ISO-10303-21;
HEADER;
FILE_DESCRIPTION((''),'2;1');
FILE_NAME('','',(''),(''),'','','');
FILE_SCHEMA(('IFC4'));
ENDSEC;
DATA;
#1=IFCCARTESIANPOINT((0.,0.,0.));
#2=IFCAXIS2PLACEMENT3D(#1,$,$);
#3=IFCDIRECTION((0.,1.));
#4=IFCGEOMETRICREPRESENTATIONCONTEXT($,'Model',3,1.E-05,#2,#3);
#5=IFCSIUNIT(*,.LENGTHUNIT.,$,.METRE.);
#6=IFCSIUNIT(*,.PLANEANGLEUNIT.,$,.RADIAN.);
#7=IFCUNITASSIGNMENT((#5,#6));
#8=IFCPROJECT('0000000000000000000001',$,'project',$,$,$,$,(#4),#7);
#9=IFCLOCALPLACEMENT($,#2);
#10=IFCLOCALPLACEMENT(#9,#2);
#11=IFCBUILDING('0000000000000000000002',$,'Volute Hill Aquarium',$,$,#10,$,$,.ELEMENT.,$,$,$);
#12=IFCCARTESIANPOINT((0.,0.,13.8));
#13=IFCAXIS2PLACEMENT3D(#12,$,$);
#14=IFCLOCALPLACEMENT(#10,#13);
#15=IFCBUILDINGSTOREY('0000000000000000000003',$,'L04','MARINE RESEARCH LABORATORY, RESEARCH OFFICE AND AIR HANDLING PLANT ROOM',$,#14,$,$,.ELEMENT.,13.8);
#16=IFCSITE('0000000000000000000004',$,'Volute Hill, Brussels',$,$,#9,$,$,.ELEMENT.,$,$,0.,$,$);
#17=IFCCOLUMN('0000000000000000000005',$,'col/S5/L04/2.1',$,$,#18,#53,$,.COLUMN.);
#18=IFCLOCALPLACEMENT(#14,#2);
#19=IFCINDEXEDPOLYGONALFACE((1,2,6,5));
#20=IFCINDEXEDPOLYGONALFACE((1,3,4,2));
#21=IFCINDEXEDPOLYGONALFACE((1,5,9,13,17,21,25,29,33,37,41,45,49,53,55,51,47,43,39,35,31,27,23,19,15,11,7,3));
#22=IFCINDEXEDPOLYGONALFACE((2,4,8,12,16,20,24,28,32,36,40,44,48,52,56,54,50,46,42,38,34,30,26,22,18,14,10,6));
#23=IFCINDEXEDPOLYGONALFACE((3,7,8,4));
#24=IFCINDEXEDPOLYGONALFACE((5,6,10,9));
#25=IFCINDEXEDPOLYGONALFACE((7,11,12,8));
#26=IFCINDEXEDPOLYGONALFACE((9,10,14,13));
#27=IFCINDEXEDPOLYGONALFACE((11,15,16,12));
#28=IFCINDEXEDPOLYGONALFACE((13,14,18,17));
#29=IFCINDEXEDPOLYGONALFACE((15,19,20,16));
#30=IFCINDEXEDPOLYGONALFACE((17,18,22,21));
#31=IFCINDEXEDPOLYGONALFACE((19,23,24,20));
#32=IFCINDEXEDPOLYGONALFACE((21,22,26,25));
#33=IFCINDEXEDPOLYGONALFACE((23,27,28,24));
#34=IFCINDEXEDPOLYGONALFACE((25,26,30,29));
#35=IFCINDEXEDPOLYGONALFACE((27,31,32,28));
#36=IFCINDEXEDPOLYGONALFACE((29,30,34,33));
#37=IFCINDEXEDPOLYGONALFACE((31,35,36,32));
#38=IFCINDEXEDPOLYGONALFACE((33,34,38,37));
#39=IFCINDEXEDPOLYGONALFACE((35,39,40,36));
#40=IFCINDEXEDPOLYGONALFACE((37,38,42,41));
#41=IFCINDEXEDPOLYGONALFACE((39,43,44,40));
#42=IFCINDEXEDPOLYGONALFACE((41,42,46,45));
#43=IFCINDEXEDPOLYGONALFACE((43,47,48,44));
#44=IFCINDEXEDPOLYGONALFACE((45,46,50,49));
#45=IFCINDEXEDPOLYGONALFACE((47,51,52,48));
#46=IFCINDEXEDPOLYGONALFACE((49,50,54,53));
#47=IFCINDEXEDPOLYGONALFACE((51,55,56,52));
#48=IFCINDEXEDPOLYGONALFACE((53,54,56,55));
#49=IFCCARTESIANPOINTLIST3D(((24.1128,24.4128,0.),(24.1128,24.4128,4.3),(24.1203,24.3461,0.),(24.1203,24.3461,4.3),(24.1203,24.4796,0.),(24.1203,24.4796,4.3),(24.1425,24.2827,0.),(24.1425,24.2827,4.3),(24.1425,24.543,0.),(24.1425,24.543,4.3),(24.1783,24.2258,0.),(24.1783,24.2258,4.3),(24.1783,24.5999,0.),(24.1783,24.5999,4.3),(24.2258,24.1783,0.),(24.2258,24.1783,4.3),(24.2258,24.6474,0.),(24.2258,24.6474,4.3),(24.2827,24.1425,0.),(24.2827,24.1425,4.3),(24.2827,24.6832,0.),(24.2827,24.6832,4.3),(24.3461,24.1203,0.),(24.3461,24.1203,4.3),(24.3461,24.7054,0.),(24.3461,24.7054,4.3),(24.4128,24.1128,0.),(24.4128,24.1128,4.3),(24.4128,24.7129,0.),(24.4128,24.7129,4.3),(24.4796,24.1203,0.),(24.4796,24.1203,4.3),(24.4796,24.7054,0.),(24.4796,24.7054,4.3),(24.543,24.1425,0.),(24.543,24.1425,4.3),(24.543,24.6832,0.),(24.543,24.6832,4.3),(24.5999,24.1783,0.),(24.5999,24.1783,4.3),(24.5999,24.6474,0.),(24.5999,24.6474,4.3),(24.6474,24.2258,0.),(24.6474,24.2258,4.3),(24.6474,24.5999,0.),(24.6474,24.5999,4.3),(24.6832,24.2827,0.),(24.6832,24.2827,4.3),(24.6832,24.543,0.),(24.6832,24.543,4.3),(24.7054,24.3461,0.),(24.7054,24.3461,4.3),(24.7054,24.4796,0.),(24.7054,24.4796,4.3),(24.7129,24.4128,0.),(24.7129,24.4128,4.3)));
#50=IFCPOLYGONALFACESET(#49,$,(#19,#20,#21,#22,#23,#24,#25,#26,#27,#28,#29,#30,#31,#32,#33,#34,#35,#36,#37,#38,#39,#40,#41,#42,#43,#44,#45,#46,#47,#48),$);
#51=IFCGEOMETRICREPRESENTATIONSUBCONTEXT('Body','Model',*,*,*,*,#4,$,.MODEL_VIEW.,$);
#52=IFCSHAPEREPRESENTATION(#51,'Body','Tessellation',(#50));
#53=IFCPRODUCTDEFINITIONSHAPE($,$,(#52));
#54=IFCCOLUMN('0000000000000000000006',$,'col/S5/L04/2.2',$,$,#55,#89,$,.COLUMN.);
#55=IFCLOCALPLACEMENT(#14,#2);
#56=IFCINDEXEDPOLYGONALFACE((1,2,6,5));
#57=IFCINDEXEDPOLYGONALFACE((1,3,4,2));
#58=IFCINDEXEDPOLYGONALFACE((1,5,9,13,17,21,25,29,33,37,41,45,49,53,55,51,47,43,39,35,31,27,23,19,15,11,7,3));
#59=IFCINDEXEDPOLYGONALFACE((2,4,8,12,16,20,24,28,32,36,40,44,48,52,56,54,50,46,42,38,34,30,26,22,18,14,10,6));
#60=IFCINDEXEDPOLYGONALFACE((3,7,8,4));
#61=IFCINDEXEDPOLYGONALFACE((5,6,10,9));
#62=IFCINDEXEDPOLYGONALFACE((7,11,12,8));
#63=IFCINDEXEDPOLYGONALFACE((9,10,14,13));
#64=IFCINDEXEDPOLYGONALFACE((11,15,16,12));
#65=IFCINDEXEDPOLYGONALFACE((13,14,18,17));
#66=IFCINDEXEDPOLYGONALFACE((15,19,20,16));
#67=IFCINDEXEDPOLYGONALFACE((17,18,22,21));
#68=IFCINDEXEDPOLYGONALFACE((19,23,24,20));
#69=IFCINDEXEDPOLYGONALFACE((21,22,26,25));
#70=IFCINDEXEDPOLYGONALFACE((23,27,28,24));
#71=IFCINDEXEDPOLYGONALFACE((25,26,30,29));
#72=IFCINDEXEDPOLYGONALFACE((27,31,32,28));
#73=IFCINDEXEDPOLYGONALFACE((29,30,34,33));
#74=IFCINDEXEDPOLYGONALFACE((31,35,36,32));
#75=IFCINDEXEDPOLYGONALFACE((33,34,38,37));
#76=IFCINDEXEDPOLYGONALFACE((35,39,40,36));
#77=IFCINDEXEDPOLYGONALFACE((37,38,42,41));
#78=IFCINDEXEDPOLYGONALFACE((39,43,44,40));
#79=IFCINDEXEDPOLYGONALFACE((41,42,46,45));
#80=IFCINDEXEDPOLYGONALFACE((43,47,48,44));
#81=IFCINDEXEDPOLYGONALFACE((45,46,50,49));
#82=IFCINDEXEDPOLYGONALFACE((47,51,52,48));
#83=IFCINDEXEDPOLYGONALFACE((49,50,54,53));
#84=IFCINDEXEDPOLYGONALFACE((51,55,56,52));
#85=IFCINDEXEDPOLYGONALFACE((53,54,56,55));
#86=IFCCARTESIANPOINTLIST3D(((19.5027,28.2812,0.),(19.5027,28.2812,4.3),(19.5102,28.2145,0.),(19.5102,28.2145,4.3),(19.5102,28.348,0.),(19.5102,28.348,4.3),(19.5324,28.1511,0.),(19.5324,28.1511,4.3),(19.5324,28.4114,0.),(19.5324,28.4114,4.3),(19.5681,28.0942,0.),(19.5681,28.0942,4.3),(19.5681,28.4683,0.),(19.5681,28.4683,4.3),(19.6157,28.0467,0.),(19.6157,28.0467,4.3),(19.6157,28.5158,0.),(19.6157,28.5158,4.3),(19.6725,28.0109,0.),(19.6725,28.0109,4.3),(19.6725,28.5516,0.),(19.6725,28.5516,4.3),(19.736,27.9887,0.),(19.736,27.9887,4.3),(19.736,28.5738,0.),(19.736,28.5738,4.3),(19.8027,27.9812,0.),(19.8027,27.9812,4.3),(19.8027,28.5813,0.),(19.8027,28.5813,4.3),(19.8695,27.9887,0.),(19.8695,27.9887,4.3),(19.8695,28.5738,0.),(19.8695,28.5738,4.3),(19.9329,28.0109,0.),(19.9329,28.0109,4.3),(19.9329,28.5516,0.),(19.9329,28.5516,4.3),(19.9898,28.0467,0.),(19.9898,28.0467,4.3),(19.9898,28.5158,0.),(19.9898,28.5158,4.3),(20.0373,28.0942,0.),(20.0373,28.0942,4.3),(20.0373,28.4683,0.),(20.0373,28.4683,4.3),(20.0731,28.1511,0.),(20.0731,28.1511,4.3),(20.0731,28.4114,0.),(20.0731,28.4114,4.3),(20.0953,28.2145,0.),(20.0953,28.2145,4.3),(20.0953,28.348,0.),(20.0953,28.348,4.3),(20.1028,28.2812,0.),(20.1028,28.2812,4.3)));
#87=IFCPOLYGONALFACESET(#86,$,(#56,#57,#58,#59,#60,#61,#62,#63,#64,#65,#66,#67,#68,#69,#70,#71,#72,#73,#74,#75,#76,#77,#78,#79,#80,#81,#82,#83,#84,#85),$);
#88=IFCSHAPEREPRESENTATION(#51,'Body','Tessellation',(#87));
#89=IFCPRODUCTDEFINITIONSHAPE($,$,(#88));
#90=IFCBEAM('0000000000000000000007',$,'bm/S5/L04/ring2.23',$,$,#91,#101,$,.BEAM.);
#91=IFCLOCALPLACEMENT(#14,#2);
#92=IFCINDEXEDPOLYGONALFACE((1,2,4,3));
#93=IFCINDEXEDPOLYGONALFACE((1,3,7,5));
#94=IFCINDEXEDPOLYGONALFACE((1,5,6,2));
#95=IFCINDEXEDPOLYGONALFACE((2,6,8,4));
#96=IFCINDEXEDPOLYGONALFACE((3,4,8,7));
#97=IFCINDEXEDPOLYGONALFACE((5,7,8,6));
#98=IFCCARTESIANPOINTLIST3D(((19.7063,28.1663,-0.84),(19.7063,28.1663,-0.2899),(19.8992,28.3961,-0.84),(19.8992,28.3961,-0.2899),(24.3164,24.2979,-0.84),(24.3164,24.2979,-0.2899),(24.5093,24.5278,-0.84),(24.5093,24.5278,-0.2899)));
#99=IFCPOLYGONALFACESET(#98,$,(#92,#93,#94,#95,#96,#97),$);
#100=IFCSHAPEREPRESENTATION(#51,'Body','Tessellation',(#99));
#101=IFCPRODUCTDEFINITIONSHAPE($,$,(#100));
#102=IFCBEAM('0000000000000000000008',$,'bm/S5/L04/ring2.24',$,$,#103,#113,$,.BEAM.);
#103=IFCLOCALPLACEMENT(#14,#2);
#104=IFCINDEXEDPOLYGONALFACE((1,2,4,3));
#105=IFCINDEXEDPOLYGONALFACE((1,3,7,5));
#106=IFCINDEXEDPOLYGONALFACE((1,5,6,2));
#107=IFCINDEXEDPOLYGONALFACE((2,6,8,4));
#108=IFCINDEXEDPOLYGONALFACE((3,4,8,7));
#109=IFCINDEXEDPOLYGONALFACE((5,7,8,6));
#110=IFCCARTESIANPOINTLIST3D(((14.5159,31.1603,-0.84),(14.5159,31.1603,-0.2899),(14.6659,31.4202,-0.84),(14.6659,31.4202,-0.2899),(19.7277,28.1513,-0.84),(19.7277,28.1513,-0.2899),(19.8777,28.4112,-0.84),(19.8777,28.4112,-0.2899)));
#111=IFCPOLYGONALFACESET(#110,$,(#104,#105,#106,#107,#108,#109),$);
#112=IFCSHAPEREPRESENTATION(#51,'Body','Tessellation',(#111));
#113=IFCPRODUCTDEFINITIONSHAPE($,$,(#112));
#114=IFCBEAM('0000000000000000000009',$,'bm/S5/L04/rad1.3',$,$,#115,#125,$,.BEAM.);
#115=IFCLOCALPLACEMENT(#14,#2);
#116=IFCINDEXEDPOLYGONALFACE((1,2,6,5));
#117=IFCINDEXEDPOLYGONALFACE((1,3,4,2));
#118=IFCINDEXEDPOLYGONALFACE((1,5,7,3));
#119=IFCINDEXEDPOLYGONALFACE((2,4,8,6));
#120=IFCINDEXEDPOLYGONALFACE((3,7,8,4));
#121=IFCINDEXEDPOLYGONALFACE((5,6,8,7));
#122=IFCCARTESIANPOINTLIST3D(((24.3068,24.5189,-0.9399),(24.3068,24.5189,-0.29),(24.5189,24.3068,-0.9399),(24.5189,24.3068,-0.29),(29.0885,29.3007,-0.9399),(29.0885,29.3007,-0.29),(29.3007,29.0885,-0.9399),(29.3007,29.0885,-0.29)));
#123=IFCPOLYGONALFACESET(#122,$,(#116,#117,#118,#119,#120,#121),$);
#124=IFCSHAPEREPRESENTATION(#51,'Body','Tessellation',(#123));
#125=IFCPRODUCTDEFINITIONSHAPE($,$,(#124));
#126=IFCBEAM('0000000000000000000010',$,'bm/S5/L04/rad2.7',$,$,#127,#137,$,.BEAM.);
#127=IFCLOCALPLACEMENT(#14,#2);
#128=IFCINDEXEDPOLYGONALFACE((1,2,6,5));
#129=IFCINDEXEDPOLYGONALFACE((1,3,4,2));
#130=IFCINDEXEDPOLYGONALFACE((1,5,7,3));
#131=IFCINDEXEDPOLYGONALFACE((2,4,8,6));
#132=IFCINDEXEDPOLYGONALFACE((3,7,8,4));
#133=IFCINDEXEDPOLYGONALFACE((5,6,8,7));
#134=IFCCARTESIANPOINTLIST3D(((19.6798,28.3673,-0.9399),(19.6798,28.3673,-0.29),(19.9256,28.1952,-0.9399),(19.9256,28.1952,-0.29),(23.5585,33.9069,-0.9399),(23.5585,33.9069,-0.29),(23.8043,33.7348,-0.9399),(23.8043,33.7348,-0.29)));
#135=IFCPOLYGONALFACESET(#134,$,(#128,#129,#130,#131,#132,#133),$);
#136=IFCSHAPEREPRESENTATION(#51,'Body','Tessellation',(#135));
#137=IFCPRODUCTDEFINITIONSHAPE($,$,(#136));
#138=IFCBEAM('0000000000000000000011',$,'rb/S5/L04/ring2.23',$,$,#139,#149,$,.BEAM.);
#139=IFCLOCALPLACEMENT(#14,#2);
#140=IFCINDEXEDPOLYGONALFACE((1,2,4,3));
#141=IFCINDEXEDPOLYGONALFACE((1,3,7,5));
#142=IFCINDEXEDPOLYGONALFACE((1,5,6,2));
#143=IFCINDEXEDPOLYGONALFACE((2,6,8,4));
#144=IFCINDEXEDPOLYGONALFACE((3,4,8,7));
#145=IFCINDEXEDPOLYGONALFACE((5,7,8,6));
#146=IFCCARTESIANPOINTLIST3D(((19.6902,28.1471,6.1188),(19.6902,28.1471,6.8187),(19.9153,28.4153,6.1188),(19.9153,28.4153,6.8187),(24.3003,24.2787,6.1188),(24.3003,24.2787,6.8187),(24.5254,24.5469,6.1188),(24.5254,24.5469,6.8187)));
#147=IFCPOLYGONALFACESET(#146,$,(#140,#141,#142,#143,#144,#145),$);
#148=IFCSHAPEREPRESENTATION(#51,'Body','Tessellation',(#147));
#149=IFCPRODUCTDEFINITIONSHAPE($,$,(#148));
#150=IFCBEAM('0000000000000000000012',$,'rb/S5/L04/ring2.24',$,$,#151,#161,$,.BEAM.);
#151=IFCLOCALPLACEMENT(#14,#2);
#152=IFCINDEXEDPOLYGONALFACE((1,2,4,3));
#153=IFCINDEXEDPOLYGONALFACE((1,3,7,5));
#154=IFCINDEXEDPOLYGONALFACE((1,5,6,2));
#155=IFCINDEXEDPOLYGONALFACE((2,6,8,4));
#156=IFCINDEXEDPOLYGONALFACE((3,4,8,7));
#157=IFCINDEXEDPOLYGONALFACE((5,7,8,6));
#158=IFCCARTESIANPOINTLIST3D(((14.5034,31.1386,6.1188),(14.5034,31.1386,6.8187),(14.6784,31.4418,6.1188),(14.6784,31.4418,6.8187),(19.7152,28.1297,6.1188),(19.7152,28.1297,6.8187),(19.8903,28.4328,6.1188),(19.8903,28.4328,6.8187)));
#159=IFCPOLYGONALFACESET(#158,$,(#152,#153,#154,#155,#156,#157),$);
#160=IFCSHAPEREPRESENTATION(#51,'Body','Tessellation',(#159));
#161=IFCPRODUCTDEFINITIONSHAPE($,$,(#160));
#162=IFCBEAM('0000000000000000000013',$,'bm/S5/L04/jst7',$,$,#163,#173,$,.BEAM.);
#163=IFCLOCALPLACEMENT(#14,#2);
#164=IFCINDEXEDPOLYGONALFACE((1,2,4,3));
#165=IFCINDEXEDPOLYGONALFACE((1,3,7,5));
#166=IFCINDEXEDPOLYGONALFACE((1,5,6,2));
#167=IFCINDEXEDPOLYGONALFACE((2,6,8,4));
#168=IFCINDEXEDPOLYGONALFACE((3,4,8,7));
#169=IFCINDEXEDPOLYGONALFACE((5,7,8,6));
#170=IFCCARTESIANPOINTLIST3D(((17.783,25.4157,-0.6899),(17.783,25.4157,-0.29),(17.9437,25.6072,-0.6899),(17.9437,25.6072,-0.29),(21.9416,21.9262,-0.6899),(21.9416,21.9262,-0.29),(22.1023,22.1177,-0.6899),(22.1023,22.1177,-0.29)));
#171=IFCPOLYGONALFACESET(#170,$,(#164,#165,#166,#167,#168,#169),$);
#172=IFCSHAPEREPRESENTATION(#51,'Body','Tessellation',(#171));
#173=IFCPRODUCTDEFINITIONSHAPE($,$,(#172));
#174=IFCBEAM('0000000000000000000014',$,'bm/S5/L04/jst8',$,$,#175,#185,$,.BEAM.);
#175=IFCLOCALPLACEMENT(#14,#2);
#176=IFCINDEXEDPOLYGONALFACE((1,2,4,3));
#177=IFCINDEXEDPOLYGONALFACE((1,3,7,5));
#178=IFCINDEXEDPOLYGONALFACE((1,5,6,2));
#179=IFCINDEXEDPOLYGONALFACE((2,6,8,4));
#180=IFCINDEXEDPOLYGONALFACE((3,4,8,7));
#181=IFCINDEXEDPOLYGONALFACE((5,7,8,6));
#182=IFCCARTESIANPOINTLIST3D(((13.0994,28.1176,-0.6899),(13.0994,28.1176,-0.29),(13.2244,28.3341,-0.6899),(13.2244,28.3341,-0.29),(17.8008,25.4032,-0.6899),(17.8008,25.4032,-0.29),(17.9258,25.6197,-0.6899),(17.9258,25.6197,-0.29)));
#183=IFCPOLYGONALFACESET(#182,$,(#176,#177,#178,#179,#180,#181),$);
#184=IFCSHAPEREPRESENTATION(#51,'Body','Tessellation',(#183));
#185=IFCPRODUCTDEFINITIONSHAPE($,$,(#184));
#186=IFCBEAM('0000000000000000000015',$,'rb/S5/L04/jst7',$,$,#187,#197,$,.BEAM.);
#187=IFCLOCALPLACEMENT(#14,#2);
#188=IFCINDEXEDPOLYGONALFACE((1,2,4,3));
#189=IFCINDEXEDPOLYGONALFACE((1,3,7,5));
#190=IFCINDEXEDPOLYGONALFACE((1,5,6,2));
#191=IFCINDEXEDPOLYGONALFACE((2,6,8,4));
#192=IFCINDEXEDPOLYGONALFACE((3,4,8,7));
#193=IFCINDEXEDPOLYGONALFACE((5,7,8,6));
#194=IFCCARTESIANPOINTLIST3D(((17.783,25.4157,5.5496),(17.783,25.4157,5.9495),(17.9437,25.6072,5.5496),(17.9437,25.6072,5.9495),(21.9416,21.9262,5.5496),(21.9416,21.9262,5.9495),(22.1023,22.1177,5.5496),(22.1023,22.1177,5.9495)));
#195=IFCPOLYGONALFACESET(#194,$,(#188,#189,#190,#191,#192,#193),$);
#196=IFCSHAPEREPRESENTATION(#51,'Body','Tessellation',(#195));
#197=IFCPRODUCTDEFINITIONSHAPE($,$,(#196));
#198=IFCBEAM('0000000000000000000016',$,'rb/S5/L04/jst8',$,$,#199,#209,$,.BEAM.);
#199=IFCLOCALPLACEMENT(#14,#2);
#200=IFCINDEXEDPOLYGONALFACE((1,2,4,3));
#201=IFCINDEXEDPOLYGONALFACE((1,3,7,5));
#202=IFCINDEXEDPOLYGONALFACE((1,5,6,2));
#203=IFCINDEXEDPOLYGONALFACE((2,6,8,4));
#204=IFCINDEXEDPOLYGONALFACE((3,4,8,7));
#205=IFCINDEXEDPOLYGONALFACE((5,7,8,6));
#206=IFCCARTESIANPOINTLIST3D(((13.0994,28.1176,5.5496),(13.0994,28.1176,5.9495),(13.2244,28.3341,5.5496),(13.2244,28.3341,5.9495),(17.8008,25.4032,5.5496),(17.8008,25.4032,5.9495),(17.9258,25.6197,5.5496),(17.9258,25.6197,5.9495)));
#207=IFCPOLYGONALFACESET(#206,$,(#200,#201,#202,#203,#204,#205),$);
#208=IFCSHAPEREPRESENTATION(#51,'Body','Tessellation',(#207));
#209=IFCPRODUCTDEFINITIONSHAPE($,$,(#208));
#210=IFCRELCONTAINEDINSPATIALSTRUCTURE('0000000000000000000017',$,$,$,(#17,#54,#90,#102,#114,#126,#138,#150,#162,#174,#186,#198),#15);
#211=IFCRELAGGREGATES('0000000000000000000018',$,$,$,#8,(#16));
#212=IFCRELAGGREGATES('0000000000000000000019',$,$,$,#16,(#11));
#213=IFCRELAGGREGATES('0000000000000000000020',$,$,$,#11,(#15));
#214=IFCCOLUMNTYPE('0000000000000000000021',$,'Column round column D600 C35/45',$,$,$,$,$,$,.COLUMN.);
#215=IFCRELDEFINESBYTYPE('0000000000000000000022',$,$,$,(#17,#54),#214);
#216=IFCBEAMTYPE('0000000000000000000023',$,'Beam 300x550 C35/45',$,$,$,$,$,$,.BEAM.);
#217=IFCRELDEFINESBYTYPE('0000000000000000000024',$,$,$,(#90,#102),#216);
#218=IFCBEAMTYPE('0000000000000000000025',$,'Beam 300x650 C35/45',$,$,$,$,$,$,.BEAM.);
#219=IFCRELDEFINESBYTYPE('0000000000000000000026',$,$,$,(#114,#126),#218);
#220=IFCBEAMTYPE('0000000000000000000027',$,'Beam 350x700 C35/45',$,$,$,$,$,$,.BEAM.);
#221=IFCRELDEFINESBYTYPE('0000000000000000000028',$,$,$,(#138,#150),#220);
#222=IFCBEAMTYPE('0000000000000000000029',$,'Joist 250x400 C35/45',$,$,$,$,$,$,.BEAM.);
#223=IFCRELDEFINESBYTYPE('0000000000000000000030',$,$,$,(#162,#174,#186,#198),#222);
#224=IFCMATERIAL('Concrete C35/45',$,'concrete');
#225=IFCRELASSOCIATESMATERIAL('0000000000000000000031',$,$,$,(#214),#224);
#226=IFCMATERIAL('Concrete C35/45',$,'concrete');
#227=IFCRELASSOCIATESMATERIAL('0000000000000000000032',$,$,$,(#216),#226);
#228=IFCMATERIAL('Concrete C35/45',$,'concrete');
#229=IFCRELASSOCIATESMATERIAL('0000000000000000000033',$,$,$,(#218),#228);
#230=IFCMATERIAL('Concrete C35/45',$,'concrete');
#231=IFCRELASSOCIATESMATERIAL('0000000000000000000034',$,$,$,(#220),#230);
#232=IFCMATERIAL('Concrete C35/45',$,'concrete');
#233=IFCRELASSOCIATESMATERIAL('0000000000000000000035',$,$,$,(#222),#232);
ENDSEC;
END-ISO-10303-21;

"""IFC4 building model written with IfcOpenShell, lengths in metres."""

from ifc_helpers import new_model, si_unit, direction, frame, origin, origin_2d, place, context, subcontext, project, spatial, rectangle, circle, extrude, material, material_profile, profile_set, type_object, element, save


model = new_model("IFC4")

# Units and contexts
model_context = context("Model", 3, precision=1e-05, world=origin(), true_north=direction((0.0, 1.0)))
body_context = subcontext(model_context, "Body", "Model", "MODEL_VIEW")
ifc_project = project(units=[si_unit("LENGTHUNIT", "METRE"), si_unit("PLANEANGLEUNIT", "RADIAN")], contexts=[model_context])

# Site, building, storey
site_placement = place(None, origin())
site = spatial("IfcSite", under=ifc_project, at=site_placement, Name="Volute Hill, Brussels", CompositionType="ELEMENT", RefElevation=0.0)
building_placement = place(site_placement, origin())
building = spatial("IfcBuilding", under=site, at=building_placement, Name="Volute Hill Aquarium", CompositionType="ELEMENT")
storey_placement = place(building_placement, frame((0.0, 0.0, 13.8)))
storey = spatial("IfcBuildingStorey", under=building, at=storey_placement, Name="L04", Description="MARINE RESEARCH LABORATORY, RESEARCH OFFICE AND AIR HANDLING PLANT ROOM", CompositionType="ELEMENT", Elevation=13.8)

# Columns
ifc_material_1 = material(Name="Concrete C35/45", Category="concrete")
ifc_material_profile_1 = material_profile(ifc_material_1, circle(Radius=0.3, at=origin_2d()), Name="RC round column D600")
ifc_profile_set_1 = profile_set([ifc_material_profile_1], Name="Concrete C35/45")
column_type = type_object("IfcColumnType", Name="Column round column D600 C35/45", PredefinedType="COLUMN", material=ifc_profile_set_1)
for number, where, z_axis, x_axis, name in (
    (1, (24.4128, 24.4128, 0.0), (0.0, 0.0, 1.0), (1.0, 0.0, 0.0), "col/S5/L04/2.1"),
    (2, (19.8027, 28.2812, 0.0), (0.0, 0.0, 1.0), (1.0, 0.0, 0.0), "col/S5/L04/2.2"),
):
    element("IfcColumn", number, at=place(storey_placement, frame(where, z_axis=z_axis, x_axis=x_axis)), inside=storey, type_object=column_type, Name=name, PredefinedType="COLUMN", context=body_context, shape_type="SweptSolid", body=[
        extrude(circle(Radius=0.3, at=origin_2d()), origin(), (0.0, 0.0, 1.0), 4.3),
    ])

# Beams
ifc_material_2 = material(Name="Concrete C35/45", Category="concrete")
ifc_material_profile_2 = material_profile(ifc_material_2, rectangle(XDim=0.3, YDim=0.55, at=origin_2d()), Name="RC beam 300x550")
ifc_profile_set_2 = profile_set([ifc_material_profile_2], Name="Concrete C35/45")
beam_type_1 = type_object("IfcBeamType", Name="Beam 300x550 C35/45", PredefinedType="BEAM", material=ifc_profile_set_2)
for number, where, z_axis, x_axis, name in (
    (3, (24.4128, 24.4128, -0.5649), (-0.766039, 0.642794, 0.0), (-0.642794, -0.766039, 0.0), "bm/S5/L04/ring2.23"),
    (4, (19.8027, 28.2812, -0.5649), (-0.86603, 0.499992, 0.0), (-0.499992, -0.86603, 0.0), "bm/S5/L04/ring2.24"),
):
    element("IfcBeam", number, at=place(storey_placement, frame(where, z_axis=z_axis, x_axis=x_axis)), inside=storey, type_object=beam_type_1, Name=name, PredefinedType="BEAM", context=body_context, shape_type="SweptSolid", body=[
        extrude(rectangle(XDim=0.3, YDim=0.55, at=origin_2d()), origin(), (0.0, 0.0, 1.0), 6.0181),
    ])
ifc_material_3 = material(Name="Concrete C35/45", Category="concrete")
ifc_material_profile_3 = material_profile(ifc_material_3, rectangle(XDim=0.3, YDim=0.6499, at=origin_2d()), Name="RC beam 300x650")
ifc_profile_set_3 = profile_set([ifc_material_profile_3], Name="Concrete C35/45")
beam_type_2 = type_object("IfcBeamType", Name="Beam 300x650 C35/45", PredefinedType="BEAM", material=ifc_profile_set_3)
for number, where, z_axis, x_axis, name in (
    (5, (24.4128, 24.4128, -0.615), (0.707107, 0.707107, 0.0), (-0.707107, 0.707107, 0.0), "bm/S5/L04/rad1.3"),
    (6, (19.8027, 28.2812, -0.615), (0.573559, 0.819164, 0.0), (-0.819164, 0.573559, 0.0), "bm/S5/L04/rad2.7"),
):
    element("IfcBeam", number, at=place(storey_placement, frame(where, z_axis=z_axis, x_axis=x_axis)), inside=storey, type_object=beam_type_2, Name=name, PredefinedType="BEAM", context=body_context, shape_type="SweptSolid", body=[
        extrude(rectangle(XDim=0.3, YDim=0.6499, at=origin_2d()), origin(), (0.0, 0.0, 1.0), 6.7625),
    ])
ifc_material_4 = material(Name="Concrete C35/45", Category="concrete")
ifc_material_profile_4 = material_profile(ifc_material_4, rectangle(XDim=0.3501, YDim=0.7, at=origin_2d()), Name="RC beam 350x700")
ifc_profile_set_4 = profile_set([ifc_material_profile_4], Name="Concrete C35/45")
beam_type_3 = type_object("IfcBeamType", Name="Beam 350x700 C35/45", PredefinedType="BEAM", material=ifc_profile_set_4)
for number, where, z_axis, x_axis, name in (
    (7, (24.4128, 24.4128, 6.4688), (-0.766039, 0.642794, 0.0), (-0.642794, -0.766039, 0.0), "rb/S5/L04/ring2.23"),
    (8, (19.8027, 28.2812, 6.4688), (-0.86603, 0.499992, 0.0), (-0.499992, -0.86603, 0.0), "rb/S5/L04/ring2.24"),
):
    element("IfcBeam", number, at=place(storey_placement, frame(where, z_axis=z_axis, x_axis=x_axis)), inside=storey, type_object=beam_type_3, Name=name, PredefinedType="BEAM", context=body_context, shape_type="SweptSolid", body=[
        extrude(rectangle(XDim=0.3501, YDim=0.7, at=origin_2d()), origin(), (0.0, 0.0, 1.0), 6.0181),
    ])
ifc_material_5 = material(Name="Concrete C35/45", Category="concrete")
ifc_material_profile_5 = material_profile(ifc_material_5, rectangle(XDim=0.25, YDim=0.3999, at=origin_2d()), Name="RC joist 250x400")
ifc_profile_set_5 = profile_set([ifc_material_profile_5], Name="Concrete C35/45")
beam_type_4 = type_object("IfcBeamType", Name="Joist 250x400 C35/45", PredefinedType="BEAM", material=ifc_profile_set_5)
for number, where, z_axis, x_axis, name in (
    (9, (22.022, 22.022, -0.49), (-0.766049, 0.642782, 0.0), (-0.642782, -0.766049, 0.0), "bm/S5/L04/jst7"),
    (10, (17.8633, 25.5115, -0.49), (-0.866026, 0.499999, 0.0), (-0.499999, -0.866026, 0.0), "bm/S5/L04/jst8"),
    (11, (22.022, 22.022, 5.7495), (-0.766049, 0.642782, 0.0), (-0.642782, -0.766049, 0.0), "rb/S5/L04/jst7"),
    (12, (17.8633, 25.5115, 5.7495), (-0.866026, 0.499999, 0.0), (-0.499999, -0.866026, 0.0), "rb/S5/L04/jst8"),
):
    element("IfcBeam", number, at=place(storey_placement, frame(where, z_axis=z_axis, x_axis=x_axis)), inside=storey, type_object=beam_type_4, Name=name, PredefinedType="BEAM", context=body_context, shape_type="SweptSolid", body=[
        extrude(rectangle(XDim=0.25, YDim=0.3999, at=origin_2d()), origin(), (0.0, 0.0, 1.0), 5.4287),
    ])

save(model, "model.ifc")
